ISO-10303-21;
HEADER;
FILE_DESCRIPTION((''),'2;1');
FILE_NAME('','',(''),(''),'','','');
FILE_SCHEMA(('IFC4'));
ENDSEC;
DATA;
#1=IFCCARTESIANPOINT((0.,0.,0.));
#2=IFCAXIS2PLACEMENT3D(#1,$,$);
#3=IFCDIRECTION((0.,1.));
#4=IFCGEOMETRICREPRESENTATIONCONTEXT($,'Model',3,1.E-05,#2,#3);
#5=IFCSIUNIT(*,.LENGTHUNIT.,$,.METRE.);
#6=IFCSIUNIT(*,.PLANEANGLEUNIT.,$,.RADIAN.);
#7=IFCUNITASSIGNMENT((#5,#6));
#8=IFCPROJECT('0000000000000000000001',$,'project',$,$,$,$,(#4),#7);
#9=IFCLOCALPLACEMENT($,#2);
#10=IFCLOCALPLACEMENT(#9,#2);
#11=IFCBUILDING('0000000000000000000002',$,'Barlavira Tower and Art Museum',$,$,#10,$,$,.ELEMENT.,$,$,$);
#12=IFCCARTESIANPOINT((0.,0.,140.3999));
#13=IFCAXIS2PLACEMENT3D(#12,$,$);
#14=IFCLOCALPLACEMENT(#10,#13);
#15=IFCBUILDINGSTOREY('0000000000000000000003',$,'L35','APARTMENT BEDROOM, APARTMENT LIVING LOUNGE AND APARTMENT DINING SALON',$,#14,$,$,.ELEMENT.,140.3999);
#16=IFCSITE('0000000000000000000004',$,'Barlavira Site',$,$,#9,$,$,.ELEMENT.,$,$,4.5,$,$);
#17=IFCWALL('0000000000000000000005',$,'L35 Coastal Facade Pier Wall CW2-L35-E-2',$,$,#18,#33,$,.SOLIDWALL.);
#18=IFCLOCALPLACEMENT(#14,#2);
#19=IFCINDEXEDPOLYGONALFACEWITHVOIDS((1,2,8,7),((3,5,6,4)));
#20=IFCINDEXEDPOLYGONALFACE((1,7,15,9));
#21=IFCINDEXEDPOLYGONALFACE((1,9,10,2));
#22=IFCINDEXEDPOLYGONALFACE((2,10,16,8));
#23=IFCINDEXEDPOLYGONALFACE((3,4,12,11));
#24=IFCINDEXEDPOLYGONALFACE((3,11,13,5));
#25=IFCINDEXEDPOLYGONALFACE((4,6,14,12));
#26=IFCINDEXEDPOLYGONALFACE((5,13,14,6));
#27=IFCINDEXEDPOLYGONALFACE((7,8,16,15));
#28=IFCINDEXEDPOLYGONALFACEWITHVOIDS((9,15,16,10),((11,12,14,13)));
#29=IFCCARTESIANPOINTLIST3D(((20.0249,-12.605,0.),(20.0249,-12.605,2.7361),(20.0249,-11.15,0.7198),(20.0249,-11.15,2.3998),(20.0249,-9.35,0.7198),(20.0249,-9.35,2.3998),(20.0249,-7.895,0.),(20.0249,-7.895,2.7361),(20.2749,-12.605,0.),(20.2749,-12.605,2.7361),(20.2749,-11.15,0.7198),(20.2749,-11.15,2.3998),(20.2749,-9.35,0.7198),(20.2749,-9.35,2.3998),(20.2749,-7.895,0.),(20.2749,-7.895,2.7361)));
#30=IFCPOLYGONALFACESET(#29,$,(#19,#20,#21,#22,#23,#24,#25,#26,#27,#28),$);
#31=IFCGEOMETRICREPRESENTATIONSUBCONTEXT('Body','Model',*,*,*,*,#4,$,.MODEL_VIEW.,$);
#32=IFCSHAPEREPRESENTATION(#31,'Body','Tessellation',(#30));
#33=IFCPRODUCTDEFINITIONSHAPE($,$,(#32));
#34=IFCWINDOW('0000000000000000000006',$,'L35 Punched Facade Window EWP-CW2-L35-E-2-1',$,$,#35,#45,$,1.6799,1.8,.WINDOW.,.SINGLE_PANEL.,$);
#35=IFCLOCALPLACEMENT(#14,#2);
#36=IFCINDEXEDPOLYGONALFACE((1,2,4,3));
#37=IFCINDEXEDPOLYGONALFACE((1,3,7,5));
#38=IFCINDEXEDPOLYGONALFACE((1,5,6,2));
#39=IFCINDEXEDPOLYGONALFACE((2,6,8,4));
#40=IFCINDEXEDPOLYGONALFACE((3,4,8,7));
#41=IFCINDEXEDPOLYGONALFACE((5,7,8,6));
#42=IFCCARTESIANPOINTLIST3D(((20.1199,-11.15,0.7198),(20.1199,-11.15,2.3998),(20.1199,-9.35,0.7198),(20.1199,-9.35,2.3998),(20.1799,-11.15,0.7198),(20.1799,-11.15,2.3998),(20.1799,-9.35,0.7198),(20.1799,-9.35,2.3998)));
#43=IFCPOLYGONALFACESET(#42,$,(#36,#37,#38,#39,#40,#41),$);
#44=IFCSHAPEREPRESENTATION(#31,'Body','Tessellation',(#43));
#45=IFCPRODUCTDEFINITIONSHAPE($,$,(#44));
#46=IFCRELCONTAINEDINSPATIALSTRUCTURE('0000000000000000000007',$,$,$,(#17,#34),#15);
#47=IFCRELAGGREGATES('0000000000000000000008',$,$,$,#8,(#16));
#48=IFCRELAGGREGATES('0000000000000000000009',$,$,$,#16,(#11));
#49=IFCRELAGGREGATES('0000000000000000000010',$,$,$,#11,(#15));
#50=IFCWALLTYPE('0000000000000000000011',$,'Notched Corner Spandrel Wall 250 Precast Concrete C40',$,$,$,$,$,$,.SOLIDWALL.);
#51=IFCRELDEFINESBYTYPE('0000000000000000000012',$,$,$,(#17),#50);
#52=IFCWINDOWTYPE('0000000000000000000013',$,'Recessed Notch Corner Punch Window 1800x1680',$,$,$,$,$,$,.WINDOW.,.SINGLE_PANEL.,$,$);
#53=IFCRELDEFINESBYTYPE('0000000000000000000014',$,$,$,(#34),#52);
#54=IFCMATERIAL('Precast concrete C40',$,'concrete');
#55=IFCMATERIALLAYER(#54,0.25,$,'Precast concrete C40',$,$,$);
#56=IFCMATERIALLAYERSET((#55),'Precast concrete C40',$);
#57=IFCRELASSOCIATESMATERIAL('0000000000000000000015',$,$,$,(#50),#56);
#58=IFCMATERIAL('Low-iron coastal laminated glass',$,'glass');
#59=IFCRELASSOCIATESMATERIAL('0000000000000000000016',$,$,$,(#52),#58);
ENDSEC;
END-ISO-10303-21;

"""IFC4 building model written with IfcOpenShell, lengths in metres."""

from ifc_helpers import new_model, si_unit, direction, frame, frame_2d, origin, place, context, subcontext, project, spatial, rectangle, extrude, material, layer, layer_set, type_object, element, fill, save


model = new_model("IFC4")

# Units and contexts
model_context = context("Model", 3, precision=1e-05, world=origin(), true_north=direction((0.0, 1.0)))
body_context = subcontext(model_context, "Body", "Model", "MODEL_VIEW")
ifc_project = project(units=[si_unit("LENGTHUNIT", "METRE"), si_unit("PLANEANGLEUNIT", "RADIAN")], contexts=[model_context])

# Site, building, storey
site_placement = place(None, origin())
site = spatial("IfcSite", under=ifc_project, at=site_placement, Name="Barlavira Site", CompositionType="ELEMENT", RefElevation=4.5)
building_placement = place(site_placement, origin())
building = spatial("IfcBuilding", under=site, at=building_placement, Name="Barlavira Tower and Art Museum", CompositionType="ELEMENT")
storey_placement = place(building_placement, frame((0.0, 0.0, 140.3999)))
storey = spatial("IfcBuildingStorey", under=building, at=storey_placement, Name="L35", Description="APARTMENT BEDROOM, APARTMENT LIVING LOUNGE AND APARTMENT DINING SALON", CompositionType="ELEMENT", Elevation=140.3999)

# Wall, opening, window
ifc_material_1 = material(Name="Precast concrete C40", Category="concrete")
ifc_layer_1 = layer(ifc_material_1, 0.25, Name="Precast concrete C40")
ifc_layer_set_1 = layer_set([ifc_layer_1], Name="Precast concrete C40")
wall_type_1 = type_object("IfcWallType", Name="Notched Corner Spandrel Wall 250 Precast Concrete C40", PredefinedType="SOLIDWALL", material=ifc_layer_set_1)
wall_1_placement = place(storey_placement, frame((20.1499, -12.605, 0.0), z_axis=(0.0, 0.0, 1.0), x_axis=(0.0, 1.0, 0.0)))
wall_1 = element("IfcWall", 1, at=wall_1_placement, inside=storey, type_object=wall_type_1, Name="L35 Coastal Facade Pier Wall CW2-L35-E-2", PredefinedType="SOLIDWALL", context=body_context, shape_type="SweptSolid", body=[
    extrude(rectangle(XDim=4.71, YDim=0.25, at=frame_2d((2.355, 0.0))), origin(), (0.0, 0.0, 1.0), 2.7361),
])
opening_placement = place(wall_1_placement, frame((1.4551, 0.0, 0.72)))
opening = element("IfcOpeningElement", 2, at=opening_placement, cuts=wall_1, PredefinedType="OPENING", context=body_context, shape_type="SweptSolid", body=[
    extrude(rectangle(XDim=1.8, YDim=1.6799, at=frame_2d((0.8999, 0.8398))), frame((0.0, 0.135, 0.0), z_axis=(0.0, -1.0, 0.0), x_axis=(1.0, 0.0, 0.0)), (0.0, 0.0, 1.0), 0.27),
])
ifc_material_2 = material(Name="Low-iron coastal laminated glass", Category="glass")
window_type = type_object("IfcWindowType", Name="Recessed Notch Corner Punch Window 1800x1680", PartitioningType="SINGLE_PANEL", PredefinedType="WINDOW", material=ifc_material_2)
window_placement = place(opening_placement, origin())
window = element("IfcWindow", 3, at=window_placement, inside=storey, type_object=window_type, Name="L35 Punched Facade Window EWP-CW2-L35-E-2-1", OverallHeight=1.6799, OverallWidth=1.8, PartitioningType="SINGLE_PANEL", PredefinedType="WINDOW", context=body_context, shape_type="SweptSolid", body=[
    extrude(rectangle(XDim=1.8, YDim=1.6799, at=frame_2d((0.8999, 0.8398))), frame((0.0, 0.03, 0.0), z_axis=(0.0, -1.0, 0.0), x_axis=(1.0, 0.0, 0.0)), (0.0, 0.0, 1.0), 0.0601),
])
fill(opening, window)

save(model, "model.ifc")
